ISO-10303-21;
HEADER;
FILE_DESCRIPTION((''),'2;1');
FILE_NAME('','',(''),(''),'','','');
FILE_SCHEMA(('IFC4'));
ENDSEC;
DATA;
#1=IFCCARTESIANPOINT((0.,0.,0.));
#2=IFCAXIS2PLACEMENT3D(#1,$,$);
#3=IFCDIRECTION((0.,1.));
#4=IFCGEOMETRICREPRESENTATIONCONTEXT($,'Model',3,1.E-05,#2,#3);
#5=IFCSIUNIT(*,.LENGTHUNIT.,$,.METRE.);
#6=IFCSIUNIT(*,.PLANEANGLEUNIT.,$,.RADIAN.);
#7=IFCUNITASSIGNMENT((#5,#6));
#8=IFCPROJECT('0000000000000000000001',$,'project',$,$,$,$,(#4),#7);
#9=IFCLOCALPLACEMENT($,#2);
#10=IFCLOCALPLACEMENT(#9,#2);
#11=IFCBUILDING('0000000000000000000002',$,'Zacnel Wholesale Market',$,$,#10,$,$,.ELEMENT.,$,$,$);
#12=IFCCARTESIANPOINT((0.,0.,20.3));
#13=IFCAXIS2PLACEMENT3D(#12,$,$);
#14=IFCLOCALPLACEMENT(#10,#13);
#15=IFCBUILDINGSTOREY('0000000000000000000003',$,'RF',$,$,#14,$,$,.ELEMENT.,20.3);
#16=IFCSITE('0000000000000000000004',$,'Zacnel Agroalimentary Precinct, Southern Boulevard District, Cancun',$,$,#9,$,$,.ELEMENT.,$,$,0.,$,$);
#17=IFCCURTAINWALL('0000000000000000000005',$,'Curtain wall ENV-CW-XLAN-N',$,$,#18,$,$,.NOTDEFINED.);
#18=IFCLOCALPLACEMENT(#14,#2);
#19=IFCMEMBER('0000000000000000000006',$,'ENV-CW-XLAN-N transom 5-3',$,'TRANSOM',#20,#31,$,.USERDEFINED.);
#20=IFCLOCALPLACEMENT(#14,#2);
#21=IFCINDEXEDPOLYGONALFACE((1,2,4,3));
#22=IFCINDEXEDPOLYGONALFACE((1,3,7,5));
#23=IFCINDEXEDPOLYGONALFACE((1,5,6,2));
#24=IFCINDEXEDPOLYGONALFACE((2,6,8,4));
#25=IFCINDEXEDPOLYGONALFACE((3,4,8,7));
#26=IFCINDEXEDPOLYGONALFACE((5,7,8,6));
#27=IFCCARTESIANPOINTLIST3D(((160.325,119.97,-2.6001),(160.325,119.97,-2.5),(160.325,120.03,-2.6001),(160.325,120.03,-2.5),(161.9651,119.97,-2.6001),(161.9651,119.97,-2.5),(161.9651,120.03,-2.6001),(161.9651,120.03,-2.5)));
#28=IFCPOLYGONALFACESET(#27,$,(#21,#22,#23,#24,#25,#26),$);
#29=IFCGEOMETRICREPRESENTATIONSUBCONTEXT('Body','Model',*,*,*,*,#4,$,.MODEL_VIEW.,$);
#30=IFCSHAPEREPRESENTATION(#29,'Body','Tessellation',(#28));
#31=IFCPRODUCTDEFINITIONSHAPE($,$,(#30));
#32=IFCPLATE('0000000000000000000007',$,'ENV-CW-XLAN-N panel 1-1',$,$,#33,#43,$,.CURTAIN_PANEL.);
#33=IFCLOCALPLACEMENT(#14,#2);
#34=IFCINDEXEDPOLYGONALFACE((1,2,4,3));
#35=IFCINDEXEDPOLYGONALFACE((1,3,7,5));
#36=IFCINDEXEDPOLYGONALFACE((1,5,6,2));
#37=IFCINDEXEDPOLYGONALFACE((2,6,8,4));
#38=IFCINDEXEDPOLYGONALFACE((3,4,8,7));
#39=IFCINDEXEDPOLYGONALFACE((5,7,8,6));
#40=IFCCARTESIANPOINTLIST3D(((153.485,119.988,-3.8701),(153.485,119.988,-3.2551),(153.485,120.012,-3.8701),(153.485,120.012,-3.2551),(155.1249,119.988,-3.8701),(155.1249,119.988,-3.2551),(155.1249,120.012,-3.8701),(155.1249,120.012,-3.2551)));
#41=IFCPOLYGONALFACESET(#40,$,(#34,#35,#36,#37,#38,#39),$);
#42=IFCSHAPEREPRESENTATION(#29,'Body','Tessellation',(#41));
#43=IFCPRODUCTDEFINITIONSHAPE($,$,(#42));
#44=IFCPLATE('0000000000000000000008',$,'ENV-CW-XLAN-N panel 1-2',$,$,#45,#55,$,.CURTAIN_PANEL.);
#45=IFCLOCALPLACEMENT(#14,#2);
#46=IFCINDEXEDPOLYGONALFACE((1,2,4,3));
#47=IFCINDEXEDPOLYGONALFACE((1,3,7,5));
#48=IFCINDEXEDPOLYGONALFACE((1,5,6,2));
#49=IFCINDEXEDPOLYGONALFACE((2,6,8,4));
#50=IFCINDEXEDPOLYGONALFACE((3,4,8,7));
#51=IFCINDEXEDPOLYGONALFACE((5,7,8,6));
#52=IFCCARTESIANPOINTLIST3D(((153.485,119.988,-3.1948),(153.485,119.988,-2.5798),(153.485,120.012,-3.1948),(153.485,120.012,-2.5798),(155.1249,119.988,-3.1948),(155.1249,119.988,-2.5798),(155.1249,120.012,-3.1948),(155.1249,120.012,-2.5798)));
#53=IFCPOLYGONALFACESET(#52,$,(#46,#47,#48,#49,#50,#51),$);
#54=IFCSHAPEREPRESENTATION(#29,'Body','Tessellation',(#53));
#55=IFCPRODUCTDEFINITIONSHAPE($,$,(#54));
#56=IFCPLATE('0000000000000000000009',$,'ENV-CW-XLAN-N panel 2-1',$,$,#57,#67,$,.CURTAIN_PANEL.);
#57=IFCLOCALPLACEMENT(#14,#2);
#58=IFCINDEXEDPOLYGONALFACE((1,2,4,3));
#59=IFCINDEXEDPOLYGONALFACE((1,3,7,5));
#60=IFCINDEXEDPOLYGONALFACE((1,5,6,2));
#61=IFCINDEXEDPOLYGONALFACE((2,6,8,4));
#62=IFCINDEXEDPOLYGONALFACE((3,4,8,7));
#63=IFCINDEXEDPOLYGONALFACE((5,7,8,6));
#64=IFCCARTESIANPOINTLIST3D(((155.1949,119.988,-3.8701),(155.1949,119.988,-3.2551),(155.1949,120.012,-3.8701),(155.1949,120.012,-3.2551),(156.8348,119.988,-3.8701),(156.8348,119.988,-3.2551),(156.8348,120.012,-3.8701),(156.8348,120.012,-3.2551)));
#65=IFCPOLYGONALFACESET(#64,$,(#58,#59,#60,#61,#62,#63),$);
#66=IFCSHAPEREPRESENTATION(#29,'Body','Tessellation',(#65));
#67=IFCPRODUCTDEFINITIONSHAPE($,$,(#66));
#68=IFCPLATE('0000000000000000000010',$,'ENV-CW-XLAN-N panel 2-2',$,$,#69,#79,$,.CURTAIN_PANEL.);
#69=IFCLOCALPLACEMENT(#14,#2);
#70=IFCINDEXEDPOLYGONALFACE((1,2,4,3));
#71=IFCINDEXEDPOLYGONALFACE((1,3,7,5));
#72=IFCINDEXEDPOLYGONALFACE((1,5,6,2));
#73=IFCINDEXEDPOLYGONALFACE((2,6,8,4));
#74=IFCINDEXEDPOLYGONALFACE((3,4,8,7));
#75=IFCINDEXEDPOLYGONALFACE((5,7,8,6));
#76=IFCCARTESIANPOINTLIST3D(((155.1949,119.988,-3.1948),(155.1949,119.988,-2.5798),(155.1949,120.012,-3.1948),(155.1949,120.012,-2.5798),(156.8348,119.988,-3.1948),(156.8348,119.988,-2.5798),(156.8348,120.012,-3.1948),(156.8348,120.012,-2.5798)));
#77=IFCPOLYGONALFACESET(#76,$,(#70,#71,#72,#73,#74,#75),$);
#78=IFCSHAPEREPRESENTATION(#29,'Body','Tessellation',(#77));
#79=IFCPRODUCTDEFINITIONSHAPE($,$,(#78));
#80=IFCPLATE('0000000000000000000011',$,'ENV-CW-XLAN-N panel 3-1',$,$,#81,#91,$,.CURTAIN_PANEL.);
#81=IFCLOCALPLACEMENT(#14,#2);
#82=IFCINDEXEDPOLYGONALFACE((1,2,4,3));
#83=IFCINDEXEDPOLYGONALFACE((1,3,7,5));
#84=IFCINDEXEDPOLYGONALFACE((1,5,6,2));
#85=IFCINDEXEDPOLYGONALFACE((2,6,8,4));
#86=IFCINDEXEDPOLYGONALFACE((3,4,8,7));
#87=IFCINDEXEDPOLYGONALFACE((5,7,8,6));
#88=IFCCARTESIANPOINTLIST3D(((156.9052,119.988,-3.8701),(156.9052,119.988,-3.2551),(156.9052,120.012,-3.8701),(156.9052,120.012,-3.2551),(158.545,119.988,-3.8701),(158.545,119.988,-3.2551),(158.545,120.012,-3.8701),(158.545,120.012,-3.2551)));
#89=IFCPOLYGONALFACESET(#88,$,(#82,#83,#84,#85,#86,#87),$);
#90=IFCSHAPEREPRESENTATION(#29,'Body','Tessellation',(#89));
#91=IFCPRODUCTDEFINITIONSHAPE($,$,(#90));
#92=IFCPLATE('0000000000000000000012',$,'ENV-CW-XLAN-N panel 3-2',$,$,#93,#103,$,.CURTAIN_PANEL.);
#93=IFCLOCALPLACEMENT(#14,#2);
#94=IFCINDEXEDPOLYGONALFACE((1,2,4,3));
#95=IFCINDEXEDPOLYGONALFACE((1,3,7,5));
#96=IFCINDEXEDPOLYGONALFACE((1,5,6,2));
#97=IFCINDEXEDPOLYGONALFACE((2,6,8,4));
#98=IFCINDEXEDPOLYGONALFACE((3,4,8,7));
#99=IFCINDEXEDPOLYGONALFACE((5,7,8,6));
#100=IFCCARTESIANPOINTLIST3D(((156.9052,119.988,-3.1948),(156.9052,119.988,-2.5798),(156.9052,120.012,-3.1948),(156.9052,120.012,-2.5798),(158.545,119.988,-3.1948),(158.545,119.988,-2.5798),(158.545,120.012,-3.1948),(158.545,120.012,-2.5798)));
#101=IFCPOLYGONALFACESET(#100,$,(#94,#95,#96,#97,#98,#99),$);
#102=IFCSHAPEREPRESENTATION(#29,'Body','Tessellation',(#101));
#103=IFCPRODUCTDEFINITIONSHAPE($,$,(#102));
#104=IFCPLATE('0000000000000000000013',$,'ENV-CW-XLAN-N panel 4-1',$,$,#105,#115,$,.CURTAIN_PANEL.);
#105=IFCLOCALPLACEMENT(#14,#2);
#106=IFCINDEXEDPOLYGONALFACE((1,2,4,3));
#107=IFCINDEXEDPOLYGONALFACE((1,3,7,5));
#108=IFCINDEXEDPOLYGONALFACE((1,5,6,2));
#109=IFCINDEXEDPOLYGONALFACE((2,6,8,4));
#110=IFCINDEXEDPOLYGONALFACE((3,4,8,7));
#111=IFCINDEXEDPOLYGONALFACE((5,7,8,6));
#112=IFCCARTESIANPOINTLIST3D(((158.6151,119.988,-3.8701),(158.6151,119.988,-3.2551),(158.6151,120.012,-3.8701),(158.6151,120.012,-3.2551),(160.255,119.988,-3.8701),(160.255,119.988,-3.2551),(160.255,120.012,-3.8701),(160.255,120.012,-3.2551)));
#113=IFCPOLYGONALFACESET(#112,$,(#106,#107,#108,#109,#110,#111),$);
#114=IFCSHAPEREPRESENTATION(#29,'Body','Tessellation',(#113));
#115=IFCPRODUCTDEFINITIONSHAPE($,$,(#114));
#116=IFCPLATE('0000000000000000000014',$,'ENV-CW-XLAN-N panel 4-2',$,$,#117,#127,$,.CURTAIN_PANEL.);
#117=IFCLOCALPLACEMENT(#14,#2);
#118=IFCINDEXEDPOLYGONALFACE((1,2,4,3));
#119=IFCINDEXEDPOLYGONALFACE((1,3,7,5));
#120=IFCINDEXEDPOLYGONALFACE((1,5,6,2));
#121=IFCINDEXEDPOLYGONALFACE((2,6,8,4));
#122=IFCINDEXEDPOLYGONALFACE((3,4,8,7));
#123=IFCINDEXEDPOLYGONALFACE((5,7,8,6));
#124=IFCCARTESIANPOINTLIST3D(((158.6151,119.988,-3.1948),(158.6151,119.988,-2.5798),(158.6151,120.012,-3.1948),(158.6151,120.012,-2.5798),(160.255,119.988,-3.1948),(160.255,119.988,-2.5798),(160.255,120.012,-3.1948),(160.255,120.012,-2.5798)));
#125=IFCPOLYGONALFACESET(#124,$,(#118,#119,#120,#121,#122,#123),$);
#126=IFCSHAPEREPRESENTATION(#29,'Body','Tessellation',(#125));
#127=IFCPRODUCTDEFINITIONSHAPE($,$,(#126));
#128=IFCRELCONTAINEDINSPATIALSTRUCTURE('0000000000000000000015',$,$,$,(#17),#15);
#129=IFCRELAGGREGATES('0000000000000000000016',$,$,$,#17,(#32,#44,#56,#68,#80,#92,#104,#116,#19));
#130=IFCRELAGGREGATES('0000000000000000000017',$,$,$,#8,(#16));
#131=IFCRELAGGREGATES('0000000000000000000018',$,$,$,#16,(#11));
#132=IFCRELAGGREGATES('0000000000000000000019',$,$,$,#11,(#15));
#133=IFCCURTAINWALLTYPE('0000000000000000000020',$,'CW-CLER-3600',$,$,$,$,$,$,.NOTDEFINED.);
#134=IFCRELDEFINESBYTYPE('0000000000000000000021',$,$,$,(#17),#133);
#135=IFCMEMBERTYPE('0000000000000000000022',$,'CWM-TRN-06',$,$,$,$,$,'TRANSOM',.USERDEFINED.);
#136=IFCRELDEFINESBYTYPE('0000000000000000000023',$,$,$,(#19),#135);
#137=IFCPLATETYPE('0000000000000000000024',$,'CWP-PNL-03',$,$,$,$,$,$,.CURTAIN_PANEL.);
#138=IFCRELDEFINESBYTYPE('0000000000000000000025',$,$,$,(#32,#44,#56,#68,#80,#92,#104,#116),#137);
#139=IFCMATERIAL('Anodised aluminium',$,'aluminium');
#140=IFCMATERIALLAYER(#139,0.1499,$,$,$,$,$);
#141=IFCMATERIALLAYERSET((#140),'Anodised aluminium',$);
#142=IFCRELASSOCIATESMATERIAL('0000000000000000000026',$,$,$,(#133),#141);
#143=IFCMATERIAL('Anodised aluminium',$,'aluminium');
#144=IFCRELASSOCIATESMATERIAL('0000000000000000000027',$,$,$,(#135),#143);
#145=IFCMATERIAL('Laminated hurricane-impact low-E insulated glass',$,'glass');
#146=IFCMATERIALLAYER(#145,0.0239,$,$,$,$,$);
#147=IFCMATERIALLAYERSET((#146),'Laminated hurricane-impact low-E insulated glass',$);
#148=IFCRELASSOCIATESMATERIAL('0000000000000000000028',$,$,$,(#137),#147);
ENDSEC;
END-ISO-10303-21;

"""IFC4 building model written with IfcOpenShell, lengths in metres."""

from ifc_helpers import new_model, si_unit, direction, frame, origin, origin_2d, place, context, subcontext, project, spatial, rectangle, extrude, material, layer, layer_set, material_profile, profile_set, type_object, element, aggregate, save


model = new_model("IFC4")

# Units and contexts
model_context = context("Model", 3, precision=1e-05, world=origin(), true_north=direction((0.0, 1.0)))
body_context = subcontext(model_context, "Body", "Model", "MODEL_VIEW")
ifc_project = project(units=[si_unit("LENGTHUNIT", "METRE"), si_unit("PLANEANGLEUNIT", "RADIAN")], contexts=[model_context])

# Site, building, storey
site_placement = place(None, origin())
site = spatial("IfcSite", under=ifc_project, at=site_placement, Name="Zacnel Agroalimentary Precinct, Southern Boulevard District, Cancun", CompositionType="ELEMENT", RefElevation=0.0)
building_placement = place(site_placement, origin())
building = spatial("IfcBuilding", under=site, at=building_placement, Name="Zacnel Wholesale Market", CompositionType="ELEMENT")
storey_placement = place(building_placement, frame((0.0, 0.0, 20.3)))
storey = spatial("IfcBuildingStorey", under=building, at=storey_placement, Name="RF", CompositionType="ELEMENT", Elevation=20.3)

# Curtain wall, member, plates
ifc_material_1 = material(Name="Anodised aluminium", Category="aluminium")
ifc_layer_1 = layer(ifc_material_1, 0.1499)
ifc_layer_set_1 = layer_set([ifc_layer_1], Name="Anodised aluminium")
curtain_wall_type = type_object("IfcCurtainWallType", Name="CW-CLER-3600", PredefinedType="NOTDEFINED", material=ifc_layer_set_1)
curtain_wall_placement = place(storey_placement, origin())
curtain_wall = element("IfcCurtainWall", 1, at=curtain_wall_placement, inside=storey, type_object=curtain_wall_type, Name="Curtain wall ENV-CW-XLAN-N", PredefinedType="NOTDEFINED")
ifc_material_2 = material(Name="Anodised aluminium", Category="aluminium")
ifc_material_profile_1 = material_profile(ifc_material_2, rectangle(XDim=0.0601, YDim=0.1001, at=origin_2d()), Name="AW-TRANSOM 60x100")
ifc_profile_set_1 = profile_set([ifc_material_profile_1], Name="Anodised aluminium")
member_type_1 = type_object("IfcMemberType", Name="CWM-TRN-06", ElementType="TRANSOM", PredefinedType="USERDEFINED", material=ifc_profile_set_1)
member_1_placement = place(storey_placement, frame((160.325, 120.0, -2.55), z_axis=(1.0, 0.0, 0.0), x_axis=(0.0, 1.0, 0.0)))
member_1 = element("IfcMember", 2, at=member_1_placement, type_object=member_type_1, Name="ENV-CW-XLAN-N transom 5-3", ObjectType="TRANSOM", PredefinedType="USERDEFINED", context=body_context, shape_type="SweptSolid", body=[
    extrude(rectangle(XDim=0.0601, YDim=0.1001, at=origin_2d()), origin(), (0.0, 0.0, 1.0), 1.6401),
])
ifc_material_3 = material(Name="Laminated hurricane-impact low-E insulated glass", Category="glass")
ifc_layer_2 = layer(ifc_material_3, 0.0239)
ifc_layer_set_2 = layer_set([ifc_layer_2], Name="Laminated hurricane-impact low-E insulated glass")
plate_type = type_object("IfcPlateType", Name="CWP-PNL-03", PredefinedType="CURTAIN_PANEL", material=ifc_layer_set_2)
plate_1_placement = place(storey_placement, frame((154.3049, 120.0, -3.8701), z_axis=(0.0, 0.0, 1.0), x_axis=(1.0, 0.0, 0.0)))
plate_1 = element("IfcPlate", 3, at=plate_1_placement, type_object=plate_type, Name="ENV-CW-XLAN-N panel 1-1", PredefinedType="CURTAIN_PANEL", context=body_context, shape_type="SweptSolid", body=[
    extrude(rectangle(XDim=1.6399, YDim=0.0239, at=origin_2d()), origin(), (0.0, 0.0, 1.0), 0.615),
])
plate_2_placement = place(storey_placement, frame((154.3049, 120.0, -3.1948), z_axis=(0.0, 0.0, 1.0), x_axis=(1.0, 0.0, 0.0)))
plate_2 = element("IfcPlate", 4, at=plate_2_placement, type_object=plate_type, Name="ENV-CW-XLAN-N panel 1-2", PredefinedType="CURTAIN_PANEL", context=body_context, shape_type="SweptSolid", body=[
    extrude(rectangle(XDim=1.6399, YDim=0.0239, at=origin_2d()), origin(), (0.0, 0.0, 1.0), 0.615),
])
plate_3_placement = place(storey_placement, frame((156.0149, 120.0, -3.8701), z_axis=(0.0, 0.0, 1.0), x_axis=(1.0, 0.0, 0.0)))
plate_3 = element("IfcPlate", 5, at=plate_3_placement, type_object=plate_type, Name="ENV-CW-XLAN-N panel 2-1", PredefinedType="CURTAIN_PANEL", context=body_context, shape_type="SweptSolid", body=[
    extrude(rectangle(XDim=1.6399, YDim=0.0239, at=origin_2d()), origin(), (0.0, 0.0, 1.0), 0.615),
])
plate_4_placement = place(storey_placement, frame((156.0149, 120.0, -3.1948), z_axis=(0.0, 0.0, 1.0), x_axis=(1.0, 0.0, 0.0)))
plate_4 = element("IfcPlate", 6, at=plate_4_placement, type_object=plate_type, Name="ENV-CW-XLAN-N panel 2-2", PredefinedType="CURTAIN_PANEL", context=body_context, shape_type="SweptSolid", body=[
    extrude(rectangle(XDim=1.6399, YDim=0.0239, at=origin_2d()), origin(), (0.0, 0.0, 1.0), 0.615),
])
plate_5_placement = place(storey_placement, frame((157.7251, 120.0, -3.8701), z_axis=(0.0, 0.0, 1.0), x_axis=(1.0, 0.0, 0.0)))
plate_5 = element("IfcPlate", 7, at=plate_5_placement, type_object=plate_type, Name="ENV-CW-XLAN-N panel 3-1", PredefinedType="CURTAIN_PANEL", context=body_context, shape_type="SweptSolid", body=[
    extrude(rectangle(XDim=1.6399, YDim=0.0239, at=origin_2d()), origin(), (0.0, 0.0, 1.0), 0.615),
])
plate_6_placement = place(storey_placement, frame((157.7251, 120.0, -3.1948), z_axis=(0.0, 0.0, 1.0), x_axis=(1.0, 0.0, 0.0)))
plate_6 = element("IfcPlate", 8, at=plate_6_placement, type_object=plate_type, Name="ENV-CW-XLAN-N panel 3-2", PredefinedType="CURTAIN_PANEL", context=body_context, shape_type="SweptSolid", body=[
    extrude(rectangle(XDim=1.6399, YDim=0.0239, at=origin_2d()), origin(), (0.0, 0.0, 1.0), 0.615),
])
plate_7_placement = place(storey_placement, frame((159.4351, 120.0, -3.8701), z_axis=(0.0, 0.0, 1.0), x_axis=(1.0, 0.0, 0.0)))
plate_7 = element("IfcPlate", 9, at=plate_7_placement, type_object=plate_type, Name="ENV-CW-XLAN-N panel 4-1", PredefinedType="CURTAIN_PANEL", context=body_context, shape_type="SweptSolid", body=[
    extrude(rectangle(XDim=1.6399, YDim=0.0239, at=origin_2d()), origin(), (0.0, 0.0, 1.0), 0.615),
])
plate_8_placement = place(storey_placement, frame((159.4351, 120.0, -3.1948), z_axis=(0.0, 0.0, 1.0), x_axis=(1.0, 0.0, 0.0)))
plate_8 = element("IfcPlate", 10, at=plate_8_placement, type_object=plate_type, Name="ENV-CW-XLAN-N panel 4-2", PredefinedType="CURTAIN_PANEL", context=body_context, shape_type="SweptSolid", body=[
    extrude(rectangle(XDim=1.6399, YDim=0.0239, at=origin_2d()), origin(), (0.0, 0.0, 1.0), 0.615),
])
aggregate(curtain_wall, [plate_1, plate_2, plate_3, plate_4, plate_5, plate_6, plate_7, plate_8, member_1])

save(model, "model.ifc")
